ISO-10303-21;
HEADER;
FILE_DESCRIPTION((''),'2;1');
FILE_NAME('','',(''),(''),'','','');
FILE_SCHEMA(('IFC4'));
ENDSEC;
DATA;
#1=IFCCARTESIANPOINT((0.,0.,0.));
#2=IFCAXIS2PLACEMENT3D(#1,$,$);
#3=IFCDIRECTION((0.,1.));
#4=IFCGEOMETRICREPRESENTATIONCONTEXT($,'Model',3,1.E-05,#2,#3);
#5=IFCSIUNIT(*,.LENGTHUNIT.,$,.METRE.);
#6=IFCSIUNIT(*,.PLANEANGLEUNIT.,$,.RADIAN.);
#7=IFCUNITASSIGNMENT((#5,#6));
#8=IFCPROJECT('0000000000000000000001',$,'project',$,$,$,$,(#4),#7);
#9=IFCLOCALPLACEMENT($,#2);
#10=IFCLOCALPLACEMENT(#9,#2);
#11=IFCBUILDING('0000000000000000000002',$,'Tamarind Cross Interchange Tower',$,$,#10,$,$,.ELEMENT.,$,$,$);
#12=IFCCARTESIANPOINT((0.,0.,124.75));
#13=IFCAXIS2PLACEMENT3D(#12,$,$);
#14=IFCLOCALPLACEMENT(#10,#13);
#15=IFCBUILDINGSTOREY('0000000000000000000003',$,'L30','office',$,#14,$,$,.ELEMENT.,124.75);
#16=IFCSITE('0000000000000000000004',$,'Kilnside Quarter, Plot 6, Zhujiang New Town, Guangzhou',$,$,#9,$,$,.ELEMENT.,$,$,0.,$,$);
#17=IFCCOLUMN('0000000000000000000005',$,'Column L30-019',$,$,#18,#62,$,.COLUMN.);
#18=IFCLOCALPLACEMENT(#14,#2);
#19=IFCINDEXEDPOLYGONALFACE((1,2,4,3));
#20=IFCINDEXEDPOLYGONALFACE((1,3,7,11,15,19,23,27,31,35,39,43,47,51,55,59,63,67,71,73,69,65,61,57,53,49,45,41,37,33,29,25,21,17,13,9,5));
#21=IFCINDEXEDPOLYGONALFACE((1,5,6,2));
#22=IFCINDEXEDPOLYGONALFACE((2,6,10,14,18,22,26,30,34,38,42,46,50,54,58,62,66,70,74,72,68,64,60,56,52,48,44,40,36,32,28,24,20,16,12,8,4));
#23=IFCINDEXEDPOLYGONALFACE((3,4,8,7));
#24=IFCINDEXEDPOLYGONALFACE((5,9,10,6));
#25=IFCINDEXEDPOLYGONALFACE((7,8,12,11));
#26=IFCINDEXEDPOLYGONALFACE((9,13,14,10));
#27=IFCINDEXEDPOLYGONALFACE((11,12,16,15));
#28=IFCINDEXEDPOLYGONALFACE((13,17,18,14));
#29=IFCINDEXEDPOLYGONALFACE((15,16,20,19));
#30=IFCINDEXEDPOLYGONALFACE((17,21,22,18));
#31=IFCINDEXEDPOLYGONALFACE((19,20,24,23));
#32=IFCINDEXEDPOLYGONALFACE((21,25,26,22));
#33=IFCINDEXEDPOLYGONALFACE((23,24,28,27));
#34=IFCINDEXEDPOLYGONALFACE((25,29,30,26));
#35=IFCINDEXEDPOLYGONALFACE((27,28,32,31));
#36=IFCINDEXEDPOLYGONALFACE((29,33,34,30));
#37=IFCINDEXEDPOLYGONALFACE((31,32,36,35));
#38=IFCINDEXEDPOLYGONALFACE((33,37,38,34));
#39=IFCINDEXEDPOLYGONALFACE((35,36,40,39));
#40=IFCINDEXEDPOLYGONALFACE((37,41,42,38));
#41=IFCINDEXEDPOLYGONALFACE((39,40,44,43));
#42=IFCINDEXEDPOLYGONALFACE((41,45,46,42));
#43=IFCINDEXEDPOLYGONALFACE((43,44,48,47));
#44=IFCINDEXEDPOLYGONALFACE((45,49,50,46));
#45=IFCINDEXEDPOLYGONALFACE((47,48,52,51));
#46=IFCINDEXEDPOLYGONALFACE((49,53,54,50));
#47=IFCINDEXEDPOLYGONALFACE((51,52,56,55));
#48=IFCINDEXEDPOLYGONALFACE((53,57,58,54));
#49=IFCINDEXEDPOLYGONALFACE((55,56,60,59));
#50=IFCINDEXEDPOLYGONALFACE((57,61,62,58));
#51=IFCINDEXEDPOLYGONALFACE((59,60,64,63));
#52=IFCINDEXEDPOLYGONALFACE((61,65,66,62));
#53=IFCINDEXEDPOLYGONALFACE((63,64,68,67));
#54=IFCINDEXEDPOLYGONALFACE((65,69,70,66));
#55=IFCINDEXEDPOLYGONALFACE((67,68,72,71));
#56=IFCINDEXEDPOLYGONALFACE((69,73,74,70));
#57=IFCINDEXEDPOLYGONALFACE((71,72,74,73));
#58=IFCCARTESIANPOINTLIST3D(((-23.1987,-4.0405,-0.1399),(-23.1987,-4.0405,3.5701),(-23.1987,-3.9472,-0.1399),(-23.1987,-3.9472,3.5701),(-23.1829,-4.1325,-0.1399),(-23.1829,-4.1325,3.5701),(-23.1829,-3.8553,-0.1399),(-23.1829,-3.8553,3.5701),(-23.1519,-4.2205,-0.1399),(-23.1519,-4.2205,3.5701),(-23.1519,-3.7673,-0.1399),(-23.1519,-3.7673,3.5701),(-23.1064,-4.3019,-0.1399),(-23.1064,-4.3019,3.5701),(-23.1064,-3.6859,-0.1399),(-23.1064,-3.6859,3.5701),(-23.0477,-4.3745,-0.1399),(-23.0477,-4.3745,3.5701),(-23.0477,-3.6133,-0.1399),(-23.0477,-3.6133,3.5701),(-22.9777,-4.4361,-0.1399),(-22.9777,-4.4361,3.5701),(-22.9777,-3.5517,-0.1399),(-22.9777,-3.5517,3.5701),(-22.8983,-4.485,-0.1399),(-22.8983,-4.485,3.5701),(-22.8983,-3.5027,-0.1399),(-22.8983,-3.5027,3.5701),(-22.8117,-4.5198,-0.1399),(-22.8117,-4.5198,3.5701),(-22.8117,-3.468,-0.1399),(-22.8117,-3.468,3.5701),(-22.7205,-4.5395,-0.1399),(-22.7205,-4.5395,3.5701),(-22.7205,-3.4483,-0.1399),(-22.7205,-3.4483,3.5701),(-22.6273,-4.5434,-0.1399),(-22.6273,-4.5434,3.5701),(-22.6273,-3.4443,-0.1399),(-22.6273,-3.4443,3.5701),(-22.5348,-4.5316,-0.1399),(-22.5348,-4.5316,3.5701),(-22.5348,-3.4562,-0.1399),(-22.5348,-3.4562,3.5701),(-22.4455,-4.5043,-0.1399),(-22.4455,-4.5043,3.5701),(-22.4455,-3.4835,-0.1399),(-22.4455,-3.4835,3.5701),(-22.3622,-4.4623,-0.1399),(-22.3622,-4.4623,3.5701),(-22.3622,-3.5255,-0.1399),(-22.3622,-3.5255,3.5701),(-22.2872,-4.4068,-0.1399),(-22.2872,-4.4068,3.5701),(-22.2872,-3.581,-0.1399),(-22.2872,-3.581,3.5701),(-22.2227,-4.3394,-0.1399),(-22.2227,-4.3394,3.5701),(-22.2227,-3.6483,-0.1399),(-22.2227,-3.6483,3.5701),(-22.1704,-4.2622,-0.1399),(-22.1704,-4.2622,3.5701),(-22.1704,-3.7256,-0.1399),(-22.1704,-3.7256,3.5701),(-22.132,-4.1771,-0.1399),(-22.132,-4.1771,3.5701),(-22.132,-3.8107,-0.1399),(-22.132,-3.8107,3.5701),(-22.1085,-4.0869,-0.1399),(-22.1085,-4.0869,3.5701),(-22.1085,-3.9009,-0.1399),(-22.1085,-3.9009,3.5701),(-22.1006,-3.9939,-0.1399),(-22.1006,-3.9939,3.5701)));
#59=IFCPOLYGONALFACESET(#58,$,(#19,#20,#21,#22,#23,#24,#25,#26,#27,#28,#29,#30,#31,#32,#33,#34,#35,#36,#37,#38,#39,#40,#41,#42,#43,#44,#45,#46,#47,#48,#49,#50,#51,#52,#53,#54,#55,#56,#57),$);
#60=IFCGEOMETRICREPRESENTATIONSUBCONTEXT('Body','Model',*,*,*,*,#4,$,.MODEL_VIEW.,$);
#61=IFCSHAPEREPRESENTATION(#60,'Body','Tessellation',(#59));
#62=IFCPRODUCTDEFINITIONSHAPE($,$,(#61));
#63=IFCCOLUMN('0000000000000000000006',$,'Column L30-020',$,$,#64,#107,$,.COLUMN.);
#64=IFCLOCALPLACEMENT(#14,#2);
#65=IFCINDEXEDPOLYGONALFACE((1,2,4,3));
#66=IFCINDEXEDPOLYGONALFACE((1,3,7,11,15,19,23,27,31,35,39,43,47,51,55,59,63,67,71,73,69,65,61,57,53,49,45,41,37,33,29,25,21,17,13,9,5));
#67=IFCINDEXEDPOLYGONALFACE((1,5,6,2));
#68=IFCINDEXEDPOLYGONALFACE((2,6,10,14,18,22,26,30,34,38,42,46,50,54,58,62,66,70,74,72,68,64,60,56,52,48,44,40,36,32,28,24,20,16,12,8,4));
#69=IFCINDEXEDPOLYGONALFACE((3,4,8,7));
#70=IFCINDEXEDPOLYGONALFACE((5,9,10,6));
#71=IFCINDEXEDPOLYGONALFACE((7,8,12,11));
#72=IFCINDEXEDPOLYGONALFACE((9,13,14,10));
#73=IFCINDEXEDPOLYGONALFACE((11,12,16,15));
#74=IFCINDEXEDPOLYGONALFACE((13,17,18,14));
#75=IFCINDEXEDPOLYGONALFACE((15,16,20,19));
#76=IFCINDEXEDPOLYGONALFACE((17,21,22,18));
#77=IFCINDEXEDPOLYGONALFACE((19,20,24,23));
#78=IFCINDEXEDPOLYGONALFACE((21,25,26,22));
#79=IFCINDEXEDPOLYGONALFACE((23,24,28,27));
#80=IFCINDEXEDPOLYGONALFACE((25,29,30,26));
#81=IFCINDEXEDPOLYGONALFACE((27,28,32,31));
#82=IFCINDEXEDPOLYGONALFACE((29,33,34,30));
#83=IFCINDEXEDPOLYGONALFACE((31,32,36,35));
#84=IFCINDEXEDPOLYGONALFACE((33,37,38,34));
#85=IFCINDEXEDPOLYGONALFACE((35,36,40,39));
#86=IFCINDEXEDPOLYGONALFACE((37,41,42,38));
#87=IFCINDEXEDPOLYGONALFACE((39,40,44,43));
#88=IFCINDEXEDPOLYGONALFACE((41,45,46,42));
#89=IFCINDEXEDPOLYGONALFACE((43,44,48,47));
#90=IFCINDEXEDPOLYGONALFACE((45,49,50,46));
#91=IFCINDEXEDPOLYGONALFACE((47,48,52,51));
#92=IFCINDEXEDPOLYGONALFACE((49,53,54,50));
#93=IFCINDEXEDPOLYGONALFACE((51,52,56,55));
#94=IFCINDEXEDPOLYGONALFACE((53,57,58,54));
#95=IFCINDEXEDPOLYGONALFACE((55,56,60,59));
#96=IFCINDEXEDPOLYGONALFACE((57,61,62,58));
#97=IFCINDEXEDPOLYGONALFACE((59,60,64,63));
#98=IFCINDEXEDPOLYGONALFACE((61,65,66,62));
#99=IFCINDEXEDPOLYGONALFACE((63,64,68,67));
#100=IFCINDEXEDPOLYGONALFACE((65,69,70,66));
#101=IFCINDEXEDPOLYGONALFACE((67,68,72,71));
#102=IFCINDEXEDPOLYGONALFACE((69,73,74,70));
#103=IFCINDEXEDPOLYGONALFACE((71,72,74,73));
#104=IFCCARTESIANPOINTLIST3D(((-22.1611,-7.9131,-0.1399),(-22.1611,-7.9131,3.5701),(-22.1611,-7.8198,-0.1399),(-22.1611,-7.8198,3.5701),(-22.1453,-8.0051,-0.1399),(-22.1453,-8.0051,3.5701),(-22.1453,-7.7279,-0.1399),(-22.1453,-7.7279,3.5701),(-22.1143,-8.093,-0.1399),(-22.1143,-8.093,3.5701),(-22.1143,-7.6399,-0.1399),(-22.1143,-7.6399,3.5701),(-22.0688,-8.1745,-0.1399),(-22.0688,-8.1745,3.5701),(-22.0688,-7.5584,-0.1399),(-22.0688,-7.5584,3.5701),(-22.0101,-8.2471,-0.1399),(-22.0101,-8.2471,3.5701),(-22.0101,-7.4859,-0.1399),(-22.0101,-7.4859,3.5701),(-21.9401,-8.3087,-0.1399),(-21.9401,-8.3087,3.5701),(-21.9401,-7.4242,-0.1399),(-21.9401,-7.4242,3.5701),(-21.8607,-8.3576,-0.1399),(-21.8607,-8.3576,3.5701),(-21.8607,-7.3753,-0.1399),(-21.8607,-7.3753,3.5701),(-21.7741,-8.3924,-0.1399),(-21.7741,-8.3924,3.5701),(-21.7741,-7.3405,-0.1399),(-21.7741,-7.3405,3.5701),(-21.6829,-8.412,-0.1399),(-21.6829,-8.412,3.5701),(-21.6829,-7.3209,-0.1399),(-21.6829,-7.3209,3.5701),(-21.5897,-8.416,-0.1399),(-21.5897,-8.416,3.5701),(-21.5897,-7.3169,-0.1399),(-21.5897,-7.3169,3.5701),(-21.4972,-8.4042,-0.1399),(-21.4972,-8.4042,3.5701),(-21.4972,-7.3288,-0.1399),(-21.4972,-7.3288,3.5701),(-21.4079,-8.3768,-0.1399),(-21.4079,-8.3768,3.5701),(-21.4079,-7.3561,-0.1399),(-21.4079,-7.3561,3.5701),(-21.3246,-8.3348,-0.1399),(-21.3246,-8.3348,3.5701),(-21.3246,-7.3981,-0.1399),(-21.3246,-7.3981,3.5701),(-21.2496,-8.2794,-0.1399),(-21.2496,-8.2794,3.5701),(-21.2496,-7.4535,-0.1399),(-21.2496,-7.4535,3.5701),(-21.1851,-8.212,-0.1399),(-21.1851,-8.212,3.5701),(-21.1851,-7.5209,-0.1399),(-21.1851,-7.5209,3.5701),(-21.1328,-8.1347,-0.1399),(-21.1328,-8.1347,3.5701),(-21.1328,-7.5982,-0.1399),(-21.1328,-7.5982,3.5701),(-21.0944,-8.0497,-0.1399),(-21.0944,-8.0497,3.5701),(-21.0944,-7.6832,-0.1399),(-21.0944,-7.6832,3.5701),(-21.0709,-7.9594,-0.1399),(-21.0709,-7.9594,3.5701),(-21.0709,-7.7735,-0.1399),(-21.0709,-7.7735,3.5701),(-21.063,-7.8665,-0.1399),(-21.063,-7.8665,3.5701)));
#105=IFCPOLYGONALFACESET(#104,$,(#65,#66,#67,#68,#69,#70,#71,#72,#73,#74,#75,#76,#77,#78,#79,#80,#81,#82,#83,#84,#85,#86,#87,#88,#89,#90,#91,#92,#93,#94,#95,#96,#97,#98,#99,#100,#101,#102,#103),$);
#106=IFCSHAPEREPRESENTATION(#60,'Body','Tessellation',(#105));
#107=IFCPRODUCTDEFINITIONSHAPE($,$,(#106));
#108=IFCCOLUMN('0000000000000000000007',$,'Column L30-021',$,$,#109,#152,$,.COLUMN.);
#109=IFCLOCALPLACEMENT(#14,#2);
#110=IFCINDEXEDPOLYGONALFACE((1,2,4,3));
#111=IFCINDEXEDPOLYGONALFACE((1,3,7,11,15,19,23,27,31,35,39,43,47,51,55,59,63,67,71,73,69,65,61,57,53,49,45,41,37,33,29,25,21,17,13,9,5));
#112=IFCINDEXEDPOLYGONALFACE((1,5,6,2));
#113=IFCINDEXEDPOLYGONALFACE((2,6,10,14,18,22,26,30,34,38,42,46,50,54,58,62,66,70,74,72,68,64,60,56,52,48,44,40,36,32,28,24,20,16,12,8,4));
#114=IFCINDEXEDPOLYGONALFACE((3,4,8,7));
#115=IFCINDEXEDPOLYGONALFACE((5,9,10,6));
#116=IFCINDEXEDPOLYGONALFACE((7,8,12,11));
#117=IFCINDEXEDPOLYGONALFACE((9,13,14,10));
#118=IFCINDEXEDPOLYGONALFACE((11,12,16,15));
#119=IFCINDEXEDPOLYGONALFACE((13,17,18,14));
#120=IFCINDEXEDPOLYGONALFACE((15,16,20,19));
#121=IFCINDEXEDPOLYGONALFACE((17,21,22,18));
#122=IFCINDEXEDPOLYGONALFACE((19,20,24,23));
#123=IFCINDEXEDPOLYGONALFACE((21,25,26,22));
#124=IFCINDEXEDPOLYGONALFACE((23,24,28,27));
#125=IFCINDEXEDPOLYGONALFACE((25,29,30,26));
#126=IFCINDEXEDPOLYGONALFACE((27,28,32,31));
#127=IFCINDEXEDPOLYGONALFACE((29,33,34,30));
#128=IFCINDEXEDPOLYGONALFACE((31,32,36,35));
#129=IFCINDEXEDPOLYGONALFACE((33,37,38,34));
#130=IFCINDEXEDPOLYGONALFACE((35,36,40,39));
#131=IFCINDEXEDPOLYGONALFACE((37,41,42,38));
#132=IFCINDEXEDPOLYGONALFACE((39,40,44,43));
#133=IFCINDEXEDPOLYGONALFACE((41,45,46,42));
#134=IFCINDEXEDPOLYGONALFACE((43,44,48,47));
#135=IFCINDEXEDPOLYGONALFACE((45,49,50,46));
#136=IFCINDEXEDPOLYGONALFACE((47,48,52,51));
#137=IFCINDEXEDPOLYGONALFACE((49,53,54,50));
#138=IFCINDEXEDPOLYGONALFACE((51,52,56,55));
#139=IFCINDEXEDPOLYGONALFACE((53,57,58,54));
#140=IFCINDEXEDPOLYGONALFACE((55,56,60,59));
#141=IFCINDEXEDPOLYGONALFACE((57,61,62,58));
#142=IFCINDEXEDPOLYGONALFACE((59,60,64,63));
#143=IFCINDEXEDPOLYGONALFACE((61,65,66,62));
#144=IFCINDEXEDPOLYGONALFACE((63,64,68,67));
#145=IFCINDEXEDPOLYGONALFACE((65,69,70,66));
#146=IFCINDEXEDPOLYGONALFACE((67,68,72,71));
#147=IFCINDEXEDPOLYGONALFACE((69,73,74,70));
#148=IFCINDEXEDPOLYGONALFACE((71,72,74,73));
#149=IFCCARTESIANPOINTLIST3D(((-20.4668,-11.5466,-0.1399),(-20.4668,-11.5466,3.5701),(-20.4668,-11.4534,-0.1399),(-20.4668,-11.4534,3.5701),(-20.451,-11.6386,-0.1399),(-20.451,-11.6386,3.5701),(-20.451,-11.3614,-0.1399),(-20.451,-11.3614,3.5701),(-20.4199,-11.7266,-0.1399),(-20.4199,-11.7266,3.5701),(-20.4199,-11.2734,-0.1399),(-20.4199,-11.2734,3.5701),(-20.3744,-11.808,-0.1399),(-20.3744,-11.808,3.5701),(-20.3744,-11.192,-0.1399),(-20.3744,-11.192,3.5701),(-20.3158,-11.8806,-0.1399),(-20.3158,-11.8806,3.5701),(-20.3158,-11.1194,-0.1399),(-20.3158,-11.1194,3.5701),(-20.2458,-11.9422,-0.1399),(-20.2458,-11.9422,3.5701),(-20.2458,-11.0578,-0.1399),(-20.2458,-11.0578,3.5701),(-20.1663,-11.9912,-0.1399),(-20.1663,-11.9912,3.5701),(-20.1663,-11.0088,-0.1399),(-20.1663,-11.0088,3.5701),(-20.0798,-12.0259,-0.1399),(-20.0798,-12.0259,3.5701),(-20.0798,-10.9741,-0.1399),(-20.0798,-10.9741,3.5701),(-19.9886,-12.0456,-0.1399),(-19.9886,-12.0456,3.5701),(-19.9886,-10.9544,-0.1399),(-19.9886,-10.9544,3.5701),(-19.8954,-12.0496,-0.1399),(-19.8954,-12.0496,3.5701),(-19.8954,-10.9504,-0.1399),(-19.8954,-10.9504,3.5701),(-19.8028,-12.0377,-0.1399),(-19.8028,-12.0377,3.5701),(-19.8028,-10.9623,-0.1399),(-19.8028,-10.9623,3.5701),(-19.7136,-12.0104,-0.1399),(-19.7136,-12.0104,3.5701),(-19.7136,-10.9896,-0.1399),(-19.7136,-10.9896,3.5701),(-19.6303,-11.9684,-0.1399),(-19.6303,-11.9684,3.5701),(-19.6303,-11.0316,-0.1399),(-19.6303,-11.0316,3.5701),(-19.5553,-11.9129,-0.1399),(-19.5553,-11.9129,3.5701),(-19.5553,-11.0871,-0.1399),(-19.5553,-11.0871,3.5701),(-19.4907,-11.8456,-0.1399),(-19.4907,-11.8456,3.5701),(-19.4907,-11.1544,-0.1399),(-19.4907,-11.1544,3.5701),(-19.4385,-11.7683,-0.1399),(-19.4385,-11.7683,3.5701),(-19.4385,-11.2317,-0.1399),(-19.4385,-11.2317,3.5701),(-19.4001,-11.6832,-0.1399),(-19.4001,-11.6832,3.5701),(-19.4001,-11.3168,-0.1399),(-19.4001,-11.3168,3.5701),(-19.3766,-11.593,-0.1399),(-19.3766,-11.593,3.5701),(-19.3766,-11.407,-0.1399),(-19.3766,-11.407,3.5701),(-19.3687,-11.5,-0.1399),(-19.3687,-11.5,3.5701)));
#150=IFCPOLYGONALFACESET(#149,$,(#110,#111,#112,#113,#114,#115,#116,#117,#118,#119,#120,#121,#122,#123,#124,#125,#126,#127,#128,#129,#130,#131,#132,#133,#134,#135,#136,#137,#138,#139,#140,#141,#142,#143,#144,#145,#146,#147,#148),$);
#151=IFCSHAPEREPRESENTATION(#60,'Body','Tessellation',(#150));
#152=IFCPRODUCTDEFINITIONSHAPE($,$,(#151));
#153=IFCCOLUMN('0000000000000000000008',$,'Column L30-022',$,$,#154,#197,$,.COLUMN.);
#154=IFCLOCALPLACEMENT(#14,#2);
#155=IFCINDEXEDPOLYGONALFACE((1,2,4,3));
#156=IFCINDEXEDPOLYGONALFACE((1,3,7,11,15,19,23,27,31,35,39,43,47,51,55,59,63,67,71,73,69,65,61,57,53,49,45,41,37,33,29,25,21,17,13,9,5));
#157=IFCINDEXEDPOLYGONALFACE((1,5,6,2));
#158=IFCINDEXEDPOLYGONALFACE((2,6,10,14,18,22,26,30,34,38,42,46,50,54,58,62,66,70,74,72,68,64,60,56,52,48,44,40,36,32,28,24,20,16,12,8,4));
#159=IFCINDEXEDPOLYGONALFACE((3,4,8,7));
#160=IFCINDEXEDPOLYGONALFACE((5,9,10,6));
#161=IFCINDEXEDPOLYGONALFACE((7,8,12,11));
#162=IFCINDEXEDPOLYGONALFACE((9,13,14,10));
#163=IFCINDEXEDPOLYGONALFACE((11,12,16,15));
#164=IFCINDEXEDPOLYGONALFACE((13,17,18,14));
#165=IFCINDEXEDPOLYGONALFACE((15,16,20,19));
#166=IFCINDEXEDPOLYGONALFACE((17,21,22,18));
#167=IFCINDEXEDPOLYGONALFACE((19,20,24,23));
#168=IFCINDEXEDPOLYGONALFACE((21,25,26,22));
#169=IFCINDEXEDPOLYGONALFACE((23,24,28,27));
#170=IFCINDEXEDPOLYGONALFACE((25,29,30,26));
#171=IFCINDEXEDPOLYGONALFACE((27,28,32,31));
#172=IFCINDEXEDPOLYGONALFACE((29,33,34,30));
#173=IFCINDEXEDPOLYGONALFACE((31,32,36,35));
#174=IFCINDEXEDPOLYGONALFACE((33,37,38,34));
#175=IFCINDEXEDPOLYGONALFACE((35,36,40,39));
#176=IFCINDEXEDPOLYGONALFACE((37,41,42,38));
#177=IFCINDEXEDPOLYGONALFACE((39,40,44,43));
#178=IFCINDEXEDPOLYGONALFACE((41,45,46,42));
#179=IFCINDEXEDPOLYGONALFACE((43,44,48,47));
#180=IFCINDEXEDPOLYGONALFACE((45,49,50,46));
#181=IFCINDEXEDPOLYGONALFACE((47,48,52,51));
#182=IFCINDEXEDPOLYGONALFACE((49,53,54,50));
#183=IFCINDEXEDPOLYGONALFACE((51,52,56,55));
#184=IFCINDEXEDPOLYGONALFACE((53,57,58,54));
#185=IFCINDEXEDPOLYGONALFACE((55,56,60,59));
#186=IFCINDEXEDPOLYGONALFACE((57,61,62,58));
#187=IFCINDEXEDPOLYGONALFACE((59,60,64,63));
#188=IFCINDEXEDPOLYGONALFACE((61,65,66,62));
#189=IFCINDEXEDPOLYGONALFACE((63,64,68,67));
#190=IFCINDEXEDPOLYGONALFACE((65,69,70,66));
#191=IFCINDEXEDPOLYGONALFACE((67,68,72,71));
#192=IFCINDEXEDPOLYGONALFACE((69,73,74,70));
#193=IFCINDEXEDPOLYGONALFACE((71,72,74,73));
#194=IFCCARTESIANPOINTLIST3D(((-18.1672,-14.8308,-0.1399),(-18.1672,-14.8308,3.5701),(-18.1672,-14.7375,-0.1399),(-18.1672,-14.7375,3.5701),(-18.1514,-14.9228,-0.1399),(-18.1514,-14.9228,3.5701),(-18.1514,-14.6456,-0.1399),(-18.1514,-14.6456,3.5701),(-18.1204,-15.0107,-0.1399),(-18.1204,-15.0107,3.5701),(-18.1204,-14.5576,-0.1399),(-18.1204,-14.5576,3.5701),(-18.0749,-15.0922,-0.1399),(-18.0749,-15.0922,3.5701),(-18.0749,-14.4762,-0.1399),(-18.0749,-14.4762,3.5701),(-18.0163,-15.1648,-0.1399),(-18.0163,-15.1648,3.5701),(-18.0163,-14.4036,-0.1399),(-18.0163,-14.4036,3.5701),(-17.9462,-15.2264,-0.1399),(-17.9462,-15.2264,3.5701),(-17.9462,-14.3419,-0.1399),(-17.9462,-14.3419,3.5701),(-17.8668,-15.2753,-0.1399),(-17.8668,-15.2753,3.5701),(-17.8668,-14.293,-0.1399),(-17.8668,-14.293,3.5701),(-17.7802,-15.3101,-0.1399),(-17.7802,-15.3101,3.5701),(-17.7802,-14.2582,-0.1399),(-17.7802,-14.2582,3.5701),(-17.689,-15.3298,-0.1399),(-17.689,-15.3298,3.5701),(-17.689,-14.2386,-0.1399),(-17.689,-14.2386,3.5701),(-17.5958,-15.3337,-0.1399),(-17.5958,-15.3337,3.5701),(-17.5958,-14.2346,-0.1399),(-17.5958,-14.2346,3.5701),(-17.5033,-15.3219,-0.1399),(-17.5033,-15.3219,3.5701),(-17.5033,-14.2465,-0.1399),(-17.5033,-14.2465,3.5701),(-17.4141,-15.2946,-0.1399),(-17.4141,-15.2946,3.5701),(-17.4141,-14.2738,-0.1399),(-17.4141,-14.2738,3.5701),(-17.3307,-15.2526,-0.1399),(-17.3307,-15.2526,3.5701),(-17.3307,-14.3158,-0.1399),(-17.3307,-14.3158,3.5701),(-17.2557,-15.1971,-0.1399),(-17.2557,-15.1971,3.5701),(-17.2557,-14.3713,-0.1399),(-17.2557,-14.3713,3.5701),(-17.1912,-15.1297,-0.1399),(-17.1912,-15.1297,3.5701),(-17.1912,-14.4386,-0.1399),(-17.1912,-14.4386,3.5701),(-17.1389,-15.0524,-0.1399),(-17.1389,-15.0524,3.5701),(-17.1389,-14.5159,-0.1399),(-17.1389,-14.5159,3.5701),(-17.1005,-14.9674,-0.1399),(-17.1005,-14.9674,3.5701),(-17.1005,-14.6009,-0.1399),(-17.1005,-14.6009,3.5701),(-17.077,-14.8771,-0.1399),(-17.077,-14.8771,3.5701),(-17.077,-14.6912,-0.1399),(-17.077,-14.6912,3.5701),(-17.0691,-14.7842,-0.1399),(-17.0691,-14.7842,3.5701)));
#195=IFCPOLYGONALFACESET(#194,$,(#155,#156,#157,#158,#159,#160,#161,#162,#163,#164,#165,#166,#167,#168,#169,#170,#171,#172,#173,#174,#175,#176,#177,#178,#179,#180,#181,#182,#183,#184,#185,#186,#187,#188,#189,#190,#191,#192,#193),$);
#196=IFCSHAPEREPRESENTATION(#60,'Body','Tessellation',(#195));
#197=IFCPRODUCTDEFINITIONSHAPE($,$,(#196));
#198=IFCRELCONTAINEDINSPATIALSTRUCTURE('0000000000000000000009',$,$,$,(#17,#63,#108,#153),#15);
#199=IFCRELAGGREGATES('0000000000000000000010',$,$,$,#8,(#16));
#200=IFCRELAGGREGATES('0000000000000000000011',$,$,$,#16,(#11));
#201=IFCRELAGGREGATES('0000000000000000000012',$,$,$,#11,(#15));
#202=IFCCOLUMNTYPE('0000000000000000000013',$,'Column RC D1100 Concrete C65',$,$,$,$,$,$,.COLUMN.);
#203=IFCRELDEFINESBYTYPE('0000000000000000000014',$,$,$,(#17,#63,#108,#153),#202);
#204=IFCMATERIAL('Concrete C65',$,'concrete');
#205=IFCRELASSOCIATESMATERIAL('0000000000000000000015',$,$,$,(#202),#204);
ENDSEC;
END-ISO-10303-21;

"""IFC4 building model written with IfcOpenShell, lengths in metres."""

from ifc_helpers import new_model, si_unit, direction, frame, origin, origin_2d, place, context, subcontext, project, spatial, circle, extrude, material, material_profile, profile_set, type_object, element, save


model = new_model("IFC4")

# Units and contexts
model_context = context("Model", 3, precision=1e-05, world=origin(), true_north=direction((0.0, 1.0)))
body_context = subcontext(model_context, "Body", "Model", "MODEL_VIEW")
ifc_project = project(units=[si_unit("LENGTHUNIT", "METRE"), si_unit("PLANEANGLEUNIT", "RADIAN")], contexts=[model_context])

# Site, building, storey
site_placement = place(None, origin())
site = spatial("IfcSite", under=ifc_project, at=site_placement, Name="Kilnside Quarter, Plot 6, Zhujiang New Town, Guangzhou", CompositionType="ELEMENT", RefElevation=0.0)
building_placement = place(site_placement, origin())
building = spatial("IfcBuilding", under=site, at=building_placement, Name="Tamarind Cross Interchange Tower", CompositionType="ELEMENT")
storey_placement = place(building_placement, frame((0.0, 0.0, 124.75)))
storey = spatial("IfcBuildingStorey", under=building, at=storey_placement, Name="L30", Description="office", CompositionType="ELEMENT", Elevation=124.75)

# Columns
ifc_material_1 = material(Name="Concrete C65", Category="concrete")
ifc_material_profile_1 = material_profile(ifc_material_1, circle(Radius=0.55, at=origin_2d()), Name="RC D1100")
ifc_profile_set_1 = profile_set([ifc_material_profile_1], Name="Concrete C65")
column_type = type_object("IfcColumnType", Name="Column RC D1100 Concrete C65", PredefinedType="COLUMN", material=ifc_profile_set_1)
for number, where, z_axis, x_axis, name in (
    (1, (-22.6506, -3.9939, -0.1399), (0.0, 0.0, 1.0), (1.0, 0.0, 0.0), "Column L30-019"),
    (2, (-21.613, -7.8665, -0.1399), (0.0, 0.0, 1.0), (1.0, 0.0, 0.0), "Column L30-020"),
    (3, (-19.9187, -11.5, -0.1399), (0.0, 0.0, 1.0), (1.0, 0.0, 0.0), "Column L30-021"),
    (4, (-17.6191, -14.7842, -0.1399), (0.0, 0.0, 1.0), (1.0, 0.0, 0.0), "Column L30-022"),
):
    element("IfcColumn", number, at=place(storey_placement, frame(where, z_axis=z_axis, x_axis=x_axis)), inside=storey, type_object=column_type, Name=name, PredefinedType="COLUMN", context=body_context, shape_type="SweptSolid", body=[
        extrude(circle(Radius=0.55, at=origin_2d()), origin(), (0.0, 0.0, 1.0), 3.71),
    ])

save(model, "model.ifc")
